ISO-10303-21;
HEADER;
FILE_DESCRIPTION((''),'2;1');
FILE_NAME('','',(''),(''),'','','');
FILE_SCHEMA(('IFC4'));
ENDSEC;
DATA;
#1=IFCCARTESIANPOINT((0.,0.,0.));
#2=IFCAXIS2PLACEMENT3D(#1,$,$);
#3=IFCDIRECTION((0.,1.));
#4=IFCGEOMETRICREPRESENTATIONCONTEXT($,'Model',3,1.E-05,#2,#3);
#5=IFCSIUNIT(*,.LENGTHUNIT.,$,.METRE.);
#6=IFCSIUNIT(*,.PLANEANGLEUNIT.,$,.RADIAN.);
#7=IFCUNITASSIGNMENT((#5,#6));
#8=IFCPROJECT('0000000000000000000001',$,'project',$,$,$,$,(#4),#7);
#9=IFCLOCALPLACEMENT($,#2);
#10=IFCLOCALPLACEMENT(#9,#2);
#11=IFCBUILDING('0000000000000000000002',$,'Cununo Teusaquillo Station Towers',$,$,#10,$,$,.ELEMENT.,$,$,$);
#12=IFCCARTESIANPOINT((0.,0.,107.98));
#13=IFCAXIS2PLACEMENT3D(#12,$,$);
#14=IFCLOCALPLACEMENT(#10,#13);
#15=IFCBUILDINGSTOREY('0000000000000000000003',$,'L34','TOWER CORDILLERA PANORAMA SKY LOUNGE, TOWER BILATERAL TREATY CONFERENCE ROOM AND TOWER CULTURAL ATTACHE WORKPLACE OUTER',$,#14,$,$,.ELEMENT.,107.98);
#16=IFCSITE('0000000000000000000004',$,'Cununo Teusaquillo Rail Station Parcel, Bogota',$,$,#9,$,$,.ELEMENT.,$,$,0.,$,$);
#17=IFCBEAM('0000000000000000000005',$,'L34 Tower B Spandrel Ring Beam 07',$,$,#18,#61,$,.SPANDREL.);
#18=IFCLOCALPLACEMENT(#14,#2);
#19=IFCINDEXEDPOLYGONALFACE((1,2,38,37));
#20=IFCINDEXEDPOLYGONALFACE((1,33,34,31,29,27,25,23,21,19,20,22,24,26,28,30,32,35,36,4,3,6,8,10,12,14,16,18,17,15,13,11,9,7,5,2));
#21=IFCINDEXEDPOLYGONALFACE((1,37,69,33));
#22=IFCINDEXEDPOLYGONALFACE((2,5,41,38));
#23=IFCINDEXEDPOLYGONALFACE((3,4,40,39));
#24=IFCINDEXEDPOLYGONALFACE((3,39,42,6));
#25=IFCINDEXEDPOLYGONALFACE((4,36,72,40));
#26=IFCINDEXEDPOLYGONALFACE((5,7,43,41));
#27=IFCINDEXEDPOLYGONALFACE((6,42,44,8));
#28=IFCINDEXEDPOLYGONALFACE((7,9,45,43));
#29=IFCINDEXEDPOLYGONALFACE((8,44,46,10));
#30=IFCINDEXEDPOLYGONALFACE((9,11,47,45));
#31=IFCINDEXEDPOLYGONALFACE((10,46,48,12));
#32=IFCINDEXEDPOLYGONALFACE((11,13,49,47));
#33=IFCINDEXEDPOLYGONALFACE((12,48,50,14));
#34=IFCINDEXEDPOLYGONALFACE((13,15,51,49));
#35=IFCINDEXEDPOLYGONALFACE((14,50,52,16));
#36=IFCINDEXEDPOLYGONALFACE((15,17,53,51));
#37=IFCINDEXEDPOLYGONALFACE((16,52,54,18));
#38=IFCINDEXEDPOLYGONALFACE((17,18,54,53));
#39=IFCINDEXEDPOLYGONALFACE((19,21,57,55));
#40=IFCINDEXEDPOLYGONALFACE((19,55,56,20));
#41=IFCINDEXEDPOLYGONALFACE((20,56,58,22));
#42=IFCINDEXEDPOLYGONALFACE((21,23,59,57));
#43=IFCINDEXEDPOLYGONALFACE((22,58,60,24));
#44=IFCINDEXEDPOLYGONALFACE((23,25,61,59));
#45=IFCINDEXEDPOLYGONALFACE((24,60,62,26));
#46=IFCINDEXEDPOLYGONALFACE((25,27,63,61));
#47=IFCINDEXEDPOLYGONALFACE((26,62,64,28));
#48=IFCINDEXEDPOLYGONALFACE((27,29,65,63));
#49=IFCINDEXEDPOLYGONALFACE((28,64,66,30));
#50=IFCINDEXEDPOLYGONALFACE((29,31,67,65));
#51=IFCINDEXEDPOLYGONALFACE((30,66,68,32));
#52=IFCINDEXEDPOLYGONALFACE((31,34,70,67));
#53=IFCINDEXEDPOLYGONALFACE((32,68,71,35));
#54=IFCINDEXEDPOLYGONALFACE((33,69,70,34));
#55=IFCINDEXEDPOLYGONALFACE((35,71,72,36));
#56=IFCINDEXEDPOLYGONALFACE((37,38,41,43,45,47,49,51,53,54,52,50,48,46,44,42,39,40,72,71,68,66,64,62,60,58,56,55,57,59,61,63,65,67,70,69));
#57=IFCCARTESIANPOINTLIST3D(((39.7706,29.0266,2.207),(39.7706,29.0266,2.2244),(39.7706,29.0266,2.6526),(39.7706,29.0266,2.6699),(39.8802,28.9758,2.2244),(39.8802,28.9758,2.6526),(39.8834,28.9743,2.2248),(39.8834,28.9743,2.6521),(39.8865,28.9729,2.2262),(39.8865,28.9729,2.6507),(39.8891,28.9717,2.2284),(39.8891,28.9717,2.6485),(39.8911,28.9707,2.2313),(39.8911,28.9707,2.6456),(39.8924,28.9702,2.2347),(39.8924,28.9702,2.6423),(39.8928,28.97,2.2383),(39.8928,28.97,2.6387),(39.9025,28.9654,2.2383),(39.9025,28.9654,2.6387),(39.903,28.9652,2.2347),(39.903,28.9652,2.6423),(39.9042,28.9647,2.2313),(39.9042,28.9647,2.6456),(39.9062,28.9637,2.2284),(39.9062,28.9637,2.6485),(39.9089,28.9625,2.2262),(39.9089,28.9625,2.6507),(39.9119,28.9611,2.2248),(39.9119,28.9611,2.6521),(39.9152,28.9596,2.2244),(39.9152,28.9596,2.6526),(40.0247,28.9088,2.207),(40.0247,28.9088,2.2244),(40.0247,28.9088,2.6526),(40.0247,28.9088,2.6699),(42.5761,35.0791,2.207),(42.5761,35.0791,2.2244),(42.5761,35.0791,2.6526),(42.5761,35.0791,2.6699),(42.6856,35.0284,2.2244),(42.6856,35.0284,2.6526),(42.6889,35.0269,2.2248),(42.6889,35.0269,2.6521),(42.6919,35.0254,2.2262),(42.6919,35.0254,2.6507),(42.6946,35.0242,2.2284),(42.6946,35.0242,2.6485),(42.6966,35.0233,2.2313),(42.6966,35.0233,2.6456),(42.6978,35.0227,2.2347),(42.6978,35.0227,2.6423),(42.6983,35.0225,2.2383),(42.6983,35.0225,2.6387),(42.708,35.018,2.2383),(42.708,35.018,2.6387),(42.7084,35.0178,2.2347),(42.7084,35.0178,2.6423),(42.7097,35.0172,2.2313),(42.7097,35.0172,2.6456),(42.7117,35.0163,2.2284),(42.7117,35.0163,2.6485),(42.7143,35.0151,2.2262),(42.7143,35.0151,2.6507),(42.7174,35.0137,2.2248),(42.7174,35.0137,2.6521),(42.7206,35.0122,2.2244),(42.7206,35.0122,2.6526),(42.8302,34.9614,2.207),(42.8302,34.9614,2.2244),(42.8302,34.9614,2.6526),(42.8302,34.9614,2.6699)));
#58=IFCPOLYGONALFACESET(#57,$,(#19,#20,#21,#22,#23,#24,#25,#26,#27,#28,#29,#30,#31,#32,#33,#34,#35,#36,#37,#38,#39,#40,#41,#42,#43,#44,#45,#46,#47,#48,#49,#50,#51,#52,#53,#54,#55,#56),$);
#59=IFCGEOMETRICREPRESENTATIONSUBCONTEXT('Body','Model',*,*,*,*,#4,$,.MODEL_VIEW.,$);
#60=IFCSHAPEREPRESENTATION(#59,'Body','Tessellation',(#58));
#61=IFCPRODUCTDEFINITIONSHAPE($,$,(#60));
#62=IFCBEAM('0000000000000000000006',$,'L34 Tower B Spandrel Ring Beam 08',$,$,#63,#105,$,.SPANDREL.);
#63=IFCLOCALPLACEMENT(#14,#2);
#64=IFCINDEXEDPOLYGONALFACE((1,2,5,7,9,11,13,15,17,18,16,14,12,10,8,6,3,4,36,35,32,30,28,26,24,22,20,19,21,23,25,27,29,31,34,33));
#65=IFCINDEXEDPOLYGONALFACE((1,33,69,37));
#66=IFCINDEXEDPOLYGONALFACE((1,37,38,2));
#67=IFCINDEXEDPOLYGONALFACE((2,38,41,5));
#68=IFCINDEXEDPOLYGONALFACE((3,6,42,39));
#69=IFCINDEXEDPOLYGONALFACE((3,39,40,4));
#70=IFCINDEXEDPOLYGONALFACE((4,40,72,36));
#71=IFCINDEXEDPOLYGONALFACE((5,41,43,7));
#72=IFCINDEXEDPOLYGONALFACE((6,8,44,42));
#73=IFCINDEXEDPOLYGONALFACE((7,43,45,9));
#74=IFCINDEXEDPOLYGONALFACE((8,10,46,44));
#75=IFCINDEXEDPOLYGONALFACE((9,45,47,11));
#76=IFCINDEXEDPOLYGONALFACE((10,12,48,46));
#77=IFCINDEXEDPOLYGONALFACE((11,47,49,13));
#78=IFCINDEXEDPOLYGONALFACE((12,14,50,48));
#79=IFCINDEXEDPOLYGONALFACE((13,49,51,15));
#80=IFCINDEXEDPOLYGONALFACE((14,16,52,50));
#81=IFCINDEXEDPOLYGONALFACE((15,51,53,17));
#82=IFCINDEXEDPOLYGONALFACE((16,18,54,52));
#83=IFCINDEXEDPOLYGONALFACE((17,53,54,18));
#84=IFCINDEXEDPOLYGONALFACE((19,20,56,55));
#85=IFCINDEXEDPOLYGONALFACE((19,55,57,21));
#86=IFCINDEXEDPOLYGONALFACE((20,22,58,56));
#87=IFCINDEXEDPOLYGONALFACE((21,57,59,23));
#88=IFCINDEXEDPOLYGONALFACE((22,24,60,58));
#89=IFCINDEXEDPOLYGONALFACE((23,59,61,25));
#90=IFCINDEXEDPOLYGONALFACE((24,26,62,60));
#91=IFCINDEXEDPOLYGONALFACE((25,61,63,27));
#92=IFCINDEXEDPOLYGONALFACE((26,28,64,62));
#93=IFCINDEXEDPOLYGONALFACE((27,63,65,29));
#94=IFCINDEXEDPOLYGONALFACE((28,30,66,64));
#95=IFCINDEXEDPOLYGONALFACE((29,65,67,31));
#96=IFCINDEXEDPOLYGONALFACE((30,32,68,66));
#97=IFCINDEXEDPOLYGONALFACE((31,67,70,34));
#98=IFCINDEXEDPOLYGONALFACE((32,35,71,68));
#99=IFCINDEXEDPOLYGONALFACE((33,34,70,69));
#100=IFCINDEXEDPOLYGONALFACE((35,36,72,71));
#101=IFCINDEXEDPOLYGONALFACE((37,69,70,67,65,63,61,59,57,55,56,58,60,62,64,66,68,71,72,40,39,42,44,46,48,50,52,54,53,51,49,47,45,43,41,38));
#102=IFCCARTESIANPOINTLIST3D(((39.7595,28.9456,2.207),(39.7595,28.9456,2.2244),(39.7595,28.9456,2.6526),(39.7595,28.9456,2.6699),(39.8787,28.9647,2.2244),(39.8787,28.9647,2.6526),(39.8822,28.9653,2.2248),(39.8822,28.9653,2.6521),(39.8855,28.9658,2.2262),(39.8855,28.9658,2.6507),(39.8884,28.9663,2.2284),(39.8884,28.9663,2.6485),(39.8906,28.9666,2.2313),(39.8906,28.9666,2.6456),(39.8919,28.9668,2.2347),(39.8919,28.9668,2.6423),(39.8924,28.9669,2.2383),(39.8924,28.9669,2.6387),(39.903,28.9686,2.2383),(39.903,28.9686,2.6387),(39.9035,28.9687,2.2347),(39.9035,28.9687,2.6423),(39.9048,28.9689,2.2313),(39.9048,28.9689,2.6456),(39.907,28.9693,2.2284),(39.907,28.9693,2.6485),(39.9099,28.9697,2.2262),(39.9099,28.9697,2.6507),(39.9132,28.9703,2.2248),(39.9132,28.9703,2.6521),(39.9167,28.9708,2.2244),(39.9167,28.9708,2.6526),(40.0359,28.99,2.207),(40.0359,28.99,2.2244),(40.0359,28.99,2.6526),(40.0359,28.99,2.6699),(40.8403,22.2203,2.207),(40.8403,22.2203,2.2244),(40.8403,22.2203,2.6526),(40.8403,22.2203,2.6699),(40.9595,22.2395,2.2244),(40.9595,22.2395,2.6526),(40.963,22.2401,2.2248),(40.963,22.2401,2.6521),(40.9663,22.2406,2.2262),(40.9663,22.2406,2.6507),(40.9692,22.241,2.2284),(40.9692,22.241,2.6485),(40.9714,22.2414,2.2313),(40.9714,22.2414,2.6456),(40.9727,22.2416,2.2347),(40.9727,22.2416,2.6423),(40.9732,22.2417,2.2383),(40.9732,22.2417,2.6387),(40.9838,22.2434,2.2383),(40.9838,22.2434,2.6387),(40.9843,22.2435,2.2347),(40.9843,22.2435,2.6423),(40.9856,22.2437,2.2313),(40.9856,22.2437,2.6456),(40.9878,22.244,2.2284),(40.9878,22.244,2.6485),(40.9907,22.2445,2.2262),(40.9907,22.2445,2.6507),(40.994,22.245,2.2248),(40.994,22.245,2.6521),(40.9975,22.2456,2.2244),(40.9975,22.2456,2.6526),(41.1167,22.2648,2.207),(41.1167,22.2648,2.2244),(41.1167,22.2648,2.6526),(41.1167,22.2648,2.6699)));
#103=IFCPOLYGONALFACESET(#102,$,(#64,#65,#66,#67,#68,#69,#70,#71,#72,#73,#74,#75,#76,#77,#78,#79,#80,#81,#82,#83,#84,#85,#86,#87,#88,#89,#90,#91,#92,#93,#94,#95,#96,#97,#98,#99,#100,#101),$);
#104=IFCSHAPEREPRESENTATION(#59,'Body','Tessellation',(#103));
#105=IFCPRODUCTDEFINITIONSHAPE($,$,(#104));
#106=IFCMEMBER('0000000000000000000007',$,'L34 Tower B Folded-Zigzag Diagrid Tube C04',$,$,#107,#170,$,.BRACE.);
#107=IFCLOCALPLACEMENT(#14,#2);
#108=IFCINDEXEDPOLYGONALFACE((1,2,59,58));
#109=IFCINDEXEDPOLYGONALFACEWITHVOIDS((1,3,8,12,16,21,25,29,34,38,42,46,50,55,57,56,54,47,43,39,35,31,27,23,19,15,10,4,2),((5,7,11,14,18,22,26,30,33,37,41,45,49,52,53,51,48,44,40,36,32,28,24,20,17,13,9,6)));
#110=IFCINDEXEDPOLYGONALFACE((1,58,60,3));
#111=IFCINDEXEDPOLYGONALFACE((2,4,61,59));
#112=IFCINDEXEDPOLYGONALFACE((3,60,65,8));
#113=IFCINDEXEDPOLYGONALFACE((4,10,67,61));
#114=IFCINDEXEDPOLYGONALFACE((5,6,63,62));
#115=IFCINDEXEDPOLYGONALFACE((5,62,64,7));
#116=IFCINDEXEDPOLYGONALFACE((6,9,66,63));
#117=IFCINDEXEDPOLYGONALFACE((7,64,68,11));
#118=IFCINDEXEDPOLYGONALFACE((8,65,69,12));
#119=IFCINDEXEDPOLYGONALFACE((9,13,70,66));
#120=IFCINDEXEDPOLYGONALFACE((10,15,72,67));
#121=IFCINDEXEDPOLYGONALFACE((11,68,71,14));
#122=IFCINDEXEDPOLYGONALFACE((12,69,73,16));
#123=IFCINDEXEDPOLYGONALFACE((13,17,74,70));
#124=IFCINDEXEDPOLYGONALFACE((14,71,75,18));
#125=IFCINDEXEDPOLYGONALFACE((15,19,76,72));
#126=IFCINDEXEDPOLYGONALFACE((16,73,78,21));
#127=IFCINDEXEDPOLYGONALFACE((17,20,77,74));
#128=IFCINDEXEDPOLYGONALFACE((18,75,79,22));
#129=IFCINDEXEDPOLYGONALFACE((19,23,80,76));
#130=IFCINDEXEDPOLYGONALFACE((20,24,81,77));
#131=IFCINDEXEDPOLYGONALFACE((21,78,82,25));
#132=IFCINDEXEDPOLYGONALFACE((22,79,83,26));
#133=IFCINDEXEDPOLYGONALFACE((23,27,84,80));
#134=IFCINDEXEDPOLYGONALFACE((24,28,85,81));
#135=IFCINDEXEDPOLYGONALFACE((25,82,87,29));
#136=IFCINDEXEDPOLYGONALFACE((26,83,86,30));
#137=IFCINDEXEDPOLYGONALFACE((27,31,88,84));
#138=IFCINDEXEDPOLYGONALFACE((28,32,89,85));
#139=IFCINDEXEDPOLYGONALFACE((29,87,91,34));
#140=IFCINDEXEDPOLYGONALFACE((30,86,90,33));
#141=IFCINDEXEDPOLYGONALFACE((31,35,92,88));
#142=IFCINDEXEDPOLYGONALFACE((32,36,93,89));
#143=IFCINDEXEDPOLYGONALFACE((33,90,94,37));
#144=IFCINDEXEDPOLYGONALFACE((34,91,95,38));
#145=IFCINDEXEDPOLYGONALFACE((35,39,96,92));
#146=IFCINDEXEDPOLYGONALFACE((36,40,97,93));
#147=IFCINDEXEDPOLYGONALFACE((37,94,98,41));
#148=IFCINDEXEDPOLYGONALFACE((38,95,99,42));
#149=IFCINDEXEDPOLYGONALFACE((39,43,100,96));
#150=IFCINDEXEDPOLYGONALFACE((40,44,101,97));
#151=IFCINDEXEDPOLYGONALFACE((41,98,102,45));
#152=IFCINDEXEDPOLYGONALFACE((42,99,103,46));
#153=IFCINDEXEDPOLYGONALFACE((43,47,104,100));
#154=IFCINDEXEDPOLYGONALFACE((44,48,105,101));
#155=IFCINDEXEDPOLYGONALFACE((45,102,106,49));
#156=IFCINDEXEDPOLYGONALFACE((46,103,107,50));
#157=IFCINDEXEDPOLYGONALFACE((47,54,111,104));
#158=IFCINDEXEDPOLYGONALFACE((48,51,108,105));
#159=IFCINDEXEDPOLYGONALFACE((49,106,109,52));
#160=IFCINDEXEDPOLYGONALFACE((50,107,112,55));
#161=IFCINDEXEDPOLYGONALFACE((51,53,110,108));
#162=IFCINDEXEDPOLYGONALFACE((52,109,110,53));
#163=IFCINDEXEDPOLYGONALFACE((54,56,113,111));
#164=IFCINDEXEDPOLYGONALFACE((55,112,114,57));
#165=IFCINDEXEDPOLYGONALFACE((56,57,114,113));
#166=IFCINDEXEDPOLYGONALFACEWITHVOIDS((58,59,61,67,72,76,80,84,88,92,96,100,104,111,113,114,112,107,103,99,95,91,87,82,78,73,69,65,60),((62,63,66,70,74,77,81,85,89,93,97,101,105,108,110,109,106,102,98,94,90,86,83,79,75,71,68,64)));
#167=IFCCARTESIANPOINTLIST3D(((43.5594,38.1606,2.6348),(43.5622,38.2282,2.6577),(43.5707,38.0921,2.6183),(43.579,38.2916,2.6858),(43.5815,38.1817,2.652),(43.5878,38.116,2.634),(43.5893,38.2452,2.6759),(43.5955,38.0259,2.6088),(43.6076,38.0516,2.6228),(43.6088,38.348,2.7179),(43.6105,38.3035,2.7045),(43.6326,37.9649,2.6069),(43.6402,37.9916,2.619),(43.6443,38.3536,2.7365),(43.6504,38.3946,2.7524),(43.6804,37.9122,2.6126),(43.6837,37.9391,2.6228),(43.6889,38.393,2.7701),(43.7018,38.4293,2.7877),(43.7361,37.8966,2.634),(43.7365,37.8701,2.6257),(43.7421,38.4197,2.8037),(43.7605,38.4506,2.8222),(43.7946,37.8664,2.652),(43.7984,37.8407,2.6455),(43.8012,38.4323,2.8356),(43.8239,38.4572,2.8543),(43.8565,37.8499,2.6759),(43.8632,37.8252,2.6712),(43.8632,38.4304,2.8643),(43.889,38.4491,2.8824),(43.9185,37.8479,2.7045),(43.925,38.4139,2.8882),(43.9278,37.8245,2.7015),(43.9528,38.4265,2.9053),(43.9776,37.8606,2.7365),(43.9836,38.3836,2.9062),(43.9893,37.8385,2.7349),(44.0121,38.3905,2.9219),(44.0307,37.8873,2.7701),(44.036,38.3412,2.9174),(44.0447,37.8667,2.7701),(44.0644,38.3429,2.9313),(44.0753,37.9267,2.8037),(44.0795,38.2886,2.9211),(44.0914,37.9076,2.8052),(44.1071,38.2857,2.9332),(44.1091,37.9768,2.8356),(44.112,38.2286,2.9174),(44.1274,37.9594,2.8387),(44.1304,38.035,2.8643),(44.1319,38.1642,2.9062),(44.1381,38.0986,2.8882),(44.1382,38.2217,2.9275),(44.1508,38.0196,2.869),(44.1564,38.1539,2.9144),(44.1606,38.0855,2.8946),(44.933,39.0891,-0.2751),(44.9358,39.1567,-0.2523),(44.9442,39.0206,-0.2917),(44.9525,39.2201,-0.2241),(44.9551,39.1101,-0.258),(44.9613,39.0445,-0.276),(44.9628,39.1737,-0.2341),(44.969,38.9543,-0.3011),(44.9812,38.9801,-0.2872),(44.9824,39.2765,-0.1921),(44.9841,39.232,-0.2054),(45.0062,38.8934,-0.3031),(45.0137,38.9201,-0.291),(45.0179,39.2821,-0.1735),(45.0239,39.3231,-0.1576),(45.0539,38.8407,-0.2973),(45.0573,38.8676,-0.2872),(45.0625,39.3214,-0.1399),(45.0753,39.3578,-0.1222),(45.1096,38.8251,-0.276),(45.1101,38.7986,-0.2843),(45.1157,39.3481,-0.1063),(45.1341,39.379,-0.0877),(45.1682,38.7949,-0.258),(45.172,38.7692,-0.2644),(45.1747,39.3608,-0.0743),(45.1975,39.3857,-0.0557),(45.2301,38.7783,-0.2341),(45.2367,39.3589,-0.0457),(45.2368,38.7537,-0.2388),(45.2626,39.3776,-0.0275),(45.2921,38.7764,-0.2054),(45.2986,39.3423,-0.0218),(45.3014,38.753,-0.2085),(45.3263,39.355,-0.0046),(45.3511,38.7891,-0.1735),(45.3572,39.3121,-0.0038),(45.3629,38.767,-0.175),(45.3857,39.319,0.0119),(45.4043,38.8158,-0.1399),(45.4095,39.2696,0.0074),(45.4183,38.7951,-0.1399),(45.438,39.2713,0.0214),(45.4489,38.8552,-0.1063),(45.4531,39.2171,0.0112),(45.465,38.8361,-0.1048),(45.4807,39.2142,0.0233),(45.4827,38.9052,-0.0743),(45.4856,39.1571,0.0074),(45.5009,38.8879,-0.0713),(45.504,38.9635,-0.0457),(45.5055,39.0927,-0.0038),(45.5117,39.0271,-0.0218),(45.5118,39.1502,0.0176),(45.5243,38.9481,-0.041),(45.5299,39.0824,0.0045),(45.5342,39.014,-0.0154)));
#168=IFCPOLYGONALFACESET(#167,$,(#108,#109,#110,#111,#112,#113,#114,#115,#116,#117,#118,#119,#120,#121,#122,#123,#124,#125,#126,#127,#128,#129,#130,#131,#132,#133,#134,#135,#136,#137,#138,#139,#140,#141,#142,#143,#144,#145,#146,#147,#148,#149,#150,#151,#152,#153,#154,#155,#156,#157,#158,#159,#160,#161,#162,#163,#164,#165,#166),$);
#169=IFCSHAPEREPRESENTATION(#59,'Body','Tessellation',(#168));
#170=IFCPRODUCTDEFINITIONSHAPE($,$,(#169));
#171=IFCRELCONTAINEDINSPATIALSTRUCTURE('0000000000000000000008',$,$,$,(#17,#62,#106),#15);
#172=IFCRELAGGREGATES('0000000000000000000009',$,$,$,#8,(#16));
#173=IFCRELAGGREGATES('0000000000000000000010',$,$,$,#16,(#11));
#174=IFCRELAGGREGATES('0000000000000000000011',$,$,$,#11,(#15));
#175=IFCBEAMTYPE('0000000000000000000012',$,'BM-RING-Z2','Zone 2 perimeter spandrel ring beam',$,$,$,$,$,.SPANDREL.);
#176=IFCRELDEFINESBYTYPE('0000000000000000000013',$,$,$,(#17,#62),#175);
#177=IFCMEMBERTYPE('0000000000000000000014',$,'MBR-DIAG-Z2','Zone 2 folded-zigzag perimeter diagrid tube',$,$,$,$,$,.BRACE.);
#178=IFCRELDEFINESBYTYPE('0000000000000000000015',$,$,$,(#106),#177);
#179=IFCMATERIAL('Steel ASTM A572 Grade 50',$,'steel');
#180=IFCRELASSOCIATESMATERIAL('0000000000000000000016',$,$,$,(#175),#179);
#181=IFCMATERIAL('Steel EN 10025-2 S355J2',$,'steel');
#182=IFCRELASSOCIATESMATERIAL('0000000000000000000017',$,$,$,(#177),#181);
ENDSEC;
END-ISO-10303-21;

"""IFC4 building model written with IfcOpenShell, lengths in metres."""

from ifc_helpers import new_model, si_unit, direction, frame, origin, origin_2d, place, context, subcontext, project, spatial, hollow_circle, i_section, extrude, material, material_profile, profile_set, type_object, element, save


model = new_model("IFC4")

# Units and contexts
model_context = context("Model", 3, precision=1e-05, world=origin(), true_north=direction((0.0, 1.0)))
body_context = subcontext(model_context, "Body", "Model", "MODEL_VIEW")
ifc_project = project(units=[si_unit("LENGTHUNIT", "METRE"), si_unit("PLANEANGLEUNIT", "RADIAN")], contexts=[model_context])

# Site, building, storey
site_placement = place(None, origin())
site = spatial("IfcSite", under=ifc_project, at=site_placement, Name="Cununo Teusaquillo Rail Station Parcel, Bogota", CompositionType="ELEMENT", RefElevation=0.0)
building_placement = place(site_placement, origin())
building = spatial("IfcBuilding", under=site, at=building_placement, Name="Cununo Teusaquillo Station Towers", CompositionType="ELEMENT")
storey_placement = place(building_placement, frame((0.0, 0.0, 107.98)))
storey = spatial("IfcBuildingStorey", under=building, at=storey_placement, Name="L34", Description="TOWER CORDILLERA PANORAMA SKY LOUNGE, TOWER BILATERAL TREATY CONFERENCE ROOM AND TOWER CULTURAL ATTACHE WORKPLACE OUTER", CompositionType="ELEMENT", Elevation=107.98)

# Beams
ifc_material_1 = material(Name="Steel ASTM A572 Grade 50", Category="steel")
ifc_material_profile_1 = material_profile(ifc_material_1, i_section(OverallWidth=0.28, OverallDepth=0.4629, WebThickness=0.0107, FlangeThickness=0.0173, FilletRadius=0.0139, at=origin_2d()), Name="W18X76")
ifc_profile_set_1 = profile_set([ifc_material_profile_1], Name="Steel ASTM A572 Grade 50")
beam_type_1 = type_object("IfcBeamType", Name="BM-RING-Z2", Description="Zone 2 perimeter spandrel ring beam", PredefinedType="SPANDREL", material=ifc_profile_set_1)
beam_1_placement = place(storey_placement, frame((42.7031, 35.0203, 2.4385), z_axis=(-0.420536, -0.907276, 0.0), x_axis=(0.907276, -0.420536, 0.0)))
element("IfcBeam", 1, at=beam_1_placement, inside=storey, type_object=beam_type_1, Name="L34 Tower B Spandrel Ring Beam 07", PredefinedType="SPANDREL", context=body_context, shape_type="SweptSolid", body=[
    extrude(i_section(OverallWidth=0.28, OverallDepth=0.4629, WebThickness=0.0107, FlangeThickness=0.0173, FilletRadius=0.0139, at=origin_2d()), origin(), (0.0, 0.0, 1.0), 6.6711),
])
beam_2_placement = place(storey_placement, frame((39.8977, 28.9678, 2.4385), z_axis=(0.158671, -0.987331, 0.0), x_axis=(0.987331, 0.158671, 0.0)))
element("IfcBeam", 2, at=beam_2_placement, inside=storey, type_object=beam_type_1, Name="L34 Tower B Spandrel Ring Beam 08", PredefinedType="SPANDREL", context=body_context, shape_type="SweptSolid", body=[
    extrude(i_section(OverallWidth=0.28, OverallDepth=0.4629, WebThickness=0.0107, FlangeThickness=0.0173, FilletRadius=0.0139, at=origin_2d()), origin(), (0.0, 0.0, 1.0), 6.8115),
])

# Member
ifc_material_2 = material(Name="Steel EN 10025-2 S355J2", Category="steel")
ifc_material_profile_2 = material_profile(ifc_material_2, hollow_circle(Radius=0.3301, WallThickness=0.0249, at=origin_2d()), Name="CHS 660x25")
ifc_profile_set_2 = profile_set([ifc_material_profile_2], Name="Steel EN 10025-2 S355J2")
member_type = type_object("IfcMemberType", Name="MBR-DIAG-Z2", Description="Zone 2 folded-zigzag perimeter diagrid tube", PredefinedType="BRACE", material=ifc_profile_set_2)
member_1_placement = place(storey_placement, frame((45.2334, 39.0686, -0.1399), z_axis=(-0.410125, -0.277232, 0.868873), x_axis=(0.560024, -0.828476, 0.0)))
element("IfcMember", 3, at=member_1_placement, inside=storey, type_object=member_type, Name="L34 Tower B Folded-Zigzag Diagrid Tube C04", PredefinedType="BRACE", context=body_context, shape_type="SweptSolid", body=[
    extrude(hollow_circle(Radius=0.3301, WallThickness=0.0249, at=origin_2d()), origin(), (0.0, 0.0, 1.0), 3.3491),
])

save(model, "model.ifc")
